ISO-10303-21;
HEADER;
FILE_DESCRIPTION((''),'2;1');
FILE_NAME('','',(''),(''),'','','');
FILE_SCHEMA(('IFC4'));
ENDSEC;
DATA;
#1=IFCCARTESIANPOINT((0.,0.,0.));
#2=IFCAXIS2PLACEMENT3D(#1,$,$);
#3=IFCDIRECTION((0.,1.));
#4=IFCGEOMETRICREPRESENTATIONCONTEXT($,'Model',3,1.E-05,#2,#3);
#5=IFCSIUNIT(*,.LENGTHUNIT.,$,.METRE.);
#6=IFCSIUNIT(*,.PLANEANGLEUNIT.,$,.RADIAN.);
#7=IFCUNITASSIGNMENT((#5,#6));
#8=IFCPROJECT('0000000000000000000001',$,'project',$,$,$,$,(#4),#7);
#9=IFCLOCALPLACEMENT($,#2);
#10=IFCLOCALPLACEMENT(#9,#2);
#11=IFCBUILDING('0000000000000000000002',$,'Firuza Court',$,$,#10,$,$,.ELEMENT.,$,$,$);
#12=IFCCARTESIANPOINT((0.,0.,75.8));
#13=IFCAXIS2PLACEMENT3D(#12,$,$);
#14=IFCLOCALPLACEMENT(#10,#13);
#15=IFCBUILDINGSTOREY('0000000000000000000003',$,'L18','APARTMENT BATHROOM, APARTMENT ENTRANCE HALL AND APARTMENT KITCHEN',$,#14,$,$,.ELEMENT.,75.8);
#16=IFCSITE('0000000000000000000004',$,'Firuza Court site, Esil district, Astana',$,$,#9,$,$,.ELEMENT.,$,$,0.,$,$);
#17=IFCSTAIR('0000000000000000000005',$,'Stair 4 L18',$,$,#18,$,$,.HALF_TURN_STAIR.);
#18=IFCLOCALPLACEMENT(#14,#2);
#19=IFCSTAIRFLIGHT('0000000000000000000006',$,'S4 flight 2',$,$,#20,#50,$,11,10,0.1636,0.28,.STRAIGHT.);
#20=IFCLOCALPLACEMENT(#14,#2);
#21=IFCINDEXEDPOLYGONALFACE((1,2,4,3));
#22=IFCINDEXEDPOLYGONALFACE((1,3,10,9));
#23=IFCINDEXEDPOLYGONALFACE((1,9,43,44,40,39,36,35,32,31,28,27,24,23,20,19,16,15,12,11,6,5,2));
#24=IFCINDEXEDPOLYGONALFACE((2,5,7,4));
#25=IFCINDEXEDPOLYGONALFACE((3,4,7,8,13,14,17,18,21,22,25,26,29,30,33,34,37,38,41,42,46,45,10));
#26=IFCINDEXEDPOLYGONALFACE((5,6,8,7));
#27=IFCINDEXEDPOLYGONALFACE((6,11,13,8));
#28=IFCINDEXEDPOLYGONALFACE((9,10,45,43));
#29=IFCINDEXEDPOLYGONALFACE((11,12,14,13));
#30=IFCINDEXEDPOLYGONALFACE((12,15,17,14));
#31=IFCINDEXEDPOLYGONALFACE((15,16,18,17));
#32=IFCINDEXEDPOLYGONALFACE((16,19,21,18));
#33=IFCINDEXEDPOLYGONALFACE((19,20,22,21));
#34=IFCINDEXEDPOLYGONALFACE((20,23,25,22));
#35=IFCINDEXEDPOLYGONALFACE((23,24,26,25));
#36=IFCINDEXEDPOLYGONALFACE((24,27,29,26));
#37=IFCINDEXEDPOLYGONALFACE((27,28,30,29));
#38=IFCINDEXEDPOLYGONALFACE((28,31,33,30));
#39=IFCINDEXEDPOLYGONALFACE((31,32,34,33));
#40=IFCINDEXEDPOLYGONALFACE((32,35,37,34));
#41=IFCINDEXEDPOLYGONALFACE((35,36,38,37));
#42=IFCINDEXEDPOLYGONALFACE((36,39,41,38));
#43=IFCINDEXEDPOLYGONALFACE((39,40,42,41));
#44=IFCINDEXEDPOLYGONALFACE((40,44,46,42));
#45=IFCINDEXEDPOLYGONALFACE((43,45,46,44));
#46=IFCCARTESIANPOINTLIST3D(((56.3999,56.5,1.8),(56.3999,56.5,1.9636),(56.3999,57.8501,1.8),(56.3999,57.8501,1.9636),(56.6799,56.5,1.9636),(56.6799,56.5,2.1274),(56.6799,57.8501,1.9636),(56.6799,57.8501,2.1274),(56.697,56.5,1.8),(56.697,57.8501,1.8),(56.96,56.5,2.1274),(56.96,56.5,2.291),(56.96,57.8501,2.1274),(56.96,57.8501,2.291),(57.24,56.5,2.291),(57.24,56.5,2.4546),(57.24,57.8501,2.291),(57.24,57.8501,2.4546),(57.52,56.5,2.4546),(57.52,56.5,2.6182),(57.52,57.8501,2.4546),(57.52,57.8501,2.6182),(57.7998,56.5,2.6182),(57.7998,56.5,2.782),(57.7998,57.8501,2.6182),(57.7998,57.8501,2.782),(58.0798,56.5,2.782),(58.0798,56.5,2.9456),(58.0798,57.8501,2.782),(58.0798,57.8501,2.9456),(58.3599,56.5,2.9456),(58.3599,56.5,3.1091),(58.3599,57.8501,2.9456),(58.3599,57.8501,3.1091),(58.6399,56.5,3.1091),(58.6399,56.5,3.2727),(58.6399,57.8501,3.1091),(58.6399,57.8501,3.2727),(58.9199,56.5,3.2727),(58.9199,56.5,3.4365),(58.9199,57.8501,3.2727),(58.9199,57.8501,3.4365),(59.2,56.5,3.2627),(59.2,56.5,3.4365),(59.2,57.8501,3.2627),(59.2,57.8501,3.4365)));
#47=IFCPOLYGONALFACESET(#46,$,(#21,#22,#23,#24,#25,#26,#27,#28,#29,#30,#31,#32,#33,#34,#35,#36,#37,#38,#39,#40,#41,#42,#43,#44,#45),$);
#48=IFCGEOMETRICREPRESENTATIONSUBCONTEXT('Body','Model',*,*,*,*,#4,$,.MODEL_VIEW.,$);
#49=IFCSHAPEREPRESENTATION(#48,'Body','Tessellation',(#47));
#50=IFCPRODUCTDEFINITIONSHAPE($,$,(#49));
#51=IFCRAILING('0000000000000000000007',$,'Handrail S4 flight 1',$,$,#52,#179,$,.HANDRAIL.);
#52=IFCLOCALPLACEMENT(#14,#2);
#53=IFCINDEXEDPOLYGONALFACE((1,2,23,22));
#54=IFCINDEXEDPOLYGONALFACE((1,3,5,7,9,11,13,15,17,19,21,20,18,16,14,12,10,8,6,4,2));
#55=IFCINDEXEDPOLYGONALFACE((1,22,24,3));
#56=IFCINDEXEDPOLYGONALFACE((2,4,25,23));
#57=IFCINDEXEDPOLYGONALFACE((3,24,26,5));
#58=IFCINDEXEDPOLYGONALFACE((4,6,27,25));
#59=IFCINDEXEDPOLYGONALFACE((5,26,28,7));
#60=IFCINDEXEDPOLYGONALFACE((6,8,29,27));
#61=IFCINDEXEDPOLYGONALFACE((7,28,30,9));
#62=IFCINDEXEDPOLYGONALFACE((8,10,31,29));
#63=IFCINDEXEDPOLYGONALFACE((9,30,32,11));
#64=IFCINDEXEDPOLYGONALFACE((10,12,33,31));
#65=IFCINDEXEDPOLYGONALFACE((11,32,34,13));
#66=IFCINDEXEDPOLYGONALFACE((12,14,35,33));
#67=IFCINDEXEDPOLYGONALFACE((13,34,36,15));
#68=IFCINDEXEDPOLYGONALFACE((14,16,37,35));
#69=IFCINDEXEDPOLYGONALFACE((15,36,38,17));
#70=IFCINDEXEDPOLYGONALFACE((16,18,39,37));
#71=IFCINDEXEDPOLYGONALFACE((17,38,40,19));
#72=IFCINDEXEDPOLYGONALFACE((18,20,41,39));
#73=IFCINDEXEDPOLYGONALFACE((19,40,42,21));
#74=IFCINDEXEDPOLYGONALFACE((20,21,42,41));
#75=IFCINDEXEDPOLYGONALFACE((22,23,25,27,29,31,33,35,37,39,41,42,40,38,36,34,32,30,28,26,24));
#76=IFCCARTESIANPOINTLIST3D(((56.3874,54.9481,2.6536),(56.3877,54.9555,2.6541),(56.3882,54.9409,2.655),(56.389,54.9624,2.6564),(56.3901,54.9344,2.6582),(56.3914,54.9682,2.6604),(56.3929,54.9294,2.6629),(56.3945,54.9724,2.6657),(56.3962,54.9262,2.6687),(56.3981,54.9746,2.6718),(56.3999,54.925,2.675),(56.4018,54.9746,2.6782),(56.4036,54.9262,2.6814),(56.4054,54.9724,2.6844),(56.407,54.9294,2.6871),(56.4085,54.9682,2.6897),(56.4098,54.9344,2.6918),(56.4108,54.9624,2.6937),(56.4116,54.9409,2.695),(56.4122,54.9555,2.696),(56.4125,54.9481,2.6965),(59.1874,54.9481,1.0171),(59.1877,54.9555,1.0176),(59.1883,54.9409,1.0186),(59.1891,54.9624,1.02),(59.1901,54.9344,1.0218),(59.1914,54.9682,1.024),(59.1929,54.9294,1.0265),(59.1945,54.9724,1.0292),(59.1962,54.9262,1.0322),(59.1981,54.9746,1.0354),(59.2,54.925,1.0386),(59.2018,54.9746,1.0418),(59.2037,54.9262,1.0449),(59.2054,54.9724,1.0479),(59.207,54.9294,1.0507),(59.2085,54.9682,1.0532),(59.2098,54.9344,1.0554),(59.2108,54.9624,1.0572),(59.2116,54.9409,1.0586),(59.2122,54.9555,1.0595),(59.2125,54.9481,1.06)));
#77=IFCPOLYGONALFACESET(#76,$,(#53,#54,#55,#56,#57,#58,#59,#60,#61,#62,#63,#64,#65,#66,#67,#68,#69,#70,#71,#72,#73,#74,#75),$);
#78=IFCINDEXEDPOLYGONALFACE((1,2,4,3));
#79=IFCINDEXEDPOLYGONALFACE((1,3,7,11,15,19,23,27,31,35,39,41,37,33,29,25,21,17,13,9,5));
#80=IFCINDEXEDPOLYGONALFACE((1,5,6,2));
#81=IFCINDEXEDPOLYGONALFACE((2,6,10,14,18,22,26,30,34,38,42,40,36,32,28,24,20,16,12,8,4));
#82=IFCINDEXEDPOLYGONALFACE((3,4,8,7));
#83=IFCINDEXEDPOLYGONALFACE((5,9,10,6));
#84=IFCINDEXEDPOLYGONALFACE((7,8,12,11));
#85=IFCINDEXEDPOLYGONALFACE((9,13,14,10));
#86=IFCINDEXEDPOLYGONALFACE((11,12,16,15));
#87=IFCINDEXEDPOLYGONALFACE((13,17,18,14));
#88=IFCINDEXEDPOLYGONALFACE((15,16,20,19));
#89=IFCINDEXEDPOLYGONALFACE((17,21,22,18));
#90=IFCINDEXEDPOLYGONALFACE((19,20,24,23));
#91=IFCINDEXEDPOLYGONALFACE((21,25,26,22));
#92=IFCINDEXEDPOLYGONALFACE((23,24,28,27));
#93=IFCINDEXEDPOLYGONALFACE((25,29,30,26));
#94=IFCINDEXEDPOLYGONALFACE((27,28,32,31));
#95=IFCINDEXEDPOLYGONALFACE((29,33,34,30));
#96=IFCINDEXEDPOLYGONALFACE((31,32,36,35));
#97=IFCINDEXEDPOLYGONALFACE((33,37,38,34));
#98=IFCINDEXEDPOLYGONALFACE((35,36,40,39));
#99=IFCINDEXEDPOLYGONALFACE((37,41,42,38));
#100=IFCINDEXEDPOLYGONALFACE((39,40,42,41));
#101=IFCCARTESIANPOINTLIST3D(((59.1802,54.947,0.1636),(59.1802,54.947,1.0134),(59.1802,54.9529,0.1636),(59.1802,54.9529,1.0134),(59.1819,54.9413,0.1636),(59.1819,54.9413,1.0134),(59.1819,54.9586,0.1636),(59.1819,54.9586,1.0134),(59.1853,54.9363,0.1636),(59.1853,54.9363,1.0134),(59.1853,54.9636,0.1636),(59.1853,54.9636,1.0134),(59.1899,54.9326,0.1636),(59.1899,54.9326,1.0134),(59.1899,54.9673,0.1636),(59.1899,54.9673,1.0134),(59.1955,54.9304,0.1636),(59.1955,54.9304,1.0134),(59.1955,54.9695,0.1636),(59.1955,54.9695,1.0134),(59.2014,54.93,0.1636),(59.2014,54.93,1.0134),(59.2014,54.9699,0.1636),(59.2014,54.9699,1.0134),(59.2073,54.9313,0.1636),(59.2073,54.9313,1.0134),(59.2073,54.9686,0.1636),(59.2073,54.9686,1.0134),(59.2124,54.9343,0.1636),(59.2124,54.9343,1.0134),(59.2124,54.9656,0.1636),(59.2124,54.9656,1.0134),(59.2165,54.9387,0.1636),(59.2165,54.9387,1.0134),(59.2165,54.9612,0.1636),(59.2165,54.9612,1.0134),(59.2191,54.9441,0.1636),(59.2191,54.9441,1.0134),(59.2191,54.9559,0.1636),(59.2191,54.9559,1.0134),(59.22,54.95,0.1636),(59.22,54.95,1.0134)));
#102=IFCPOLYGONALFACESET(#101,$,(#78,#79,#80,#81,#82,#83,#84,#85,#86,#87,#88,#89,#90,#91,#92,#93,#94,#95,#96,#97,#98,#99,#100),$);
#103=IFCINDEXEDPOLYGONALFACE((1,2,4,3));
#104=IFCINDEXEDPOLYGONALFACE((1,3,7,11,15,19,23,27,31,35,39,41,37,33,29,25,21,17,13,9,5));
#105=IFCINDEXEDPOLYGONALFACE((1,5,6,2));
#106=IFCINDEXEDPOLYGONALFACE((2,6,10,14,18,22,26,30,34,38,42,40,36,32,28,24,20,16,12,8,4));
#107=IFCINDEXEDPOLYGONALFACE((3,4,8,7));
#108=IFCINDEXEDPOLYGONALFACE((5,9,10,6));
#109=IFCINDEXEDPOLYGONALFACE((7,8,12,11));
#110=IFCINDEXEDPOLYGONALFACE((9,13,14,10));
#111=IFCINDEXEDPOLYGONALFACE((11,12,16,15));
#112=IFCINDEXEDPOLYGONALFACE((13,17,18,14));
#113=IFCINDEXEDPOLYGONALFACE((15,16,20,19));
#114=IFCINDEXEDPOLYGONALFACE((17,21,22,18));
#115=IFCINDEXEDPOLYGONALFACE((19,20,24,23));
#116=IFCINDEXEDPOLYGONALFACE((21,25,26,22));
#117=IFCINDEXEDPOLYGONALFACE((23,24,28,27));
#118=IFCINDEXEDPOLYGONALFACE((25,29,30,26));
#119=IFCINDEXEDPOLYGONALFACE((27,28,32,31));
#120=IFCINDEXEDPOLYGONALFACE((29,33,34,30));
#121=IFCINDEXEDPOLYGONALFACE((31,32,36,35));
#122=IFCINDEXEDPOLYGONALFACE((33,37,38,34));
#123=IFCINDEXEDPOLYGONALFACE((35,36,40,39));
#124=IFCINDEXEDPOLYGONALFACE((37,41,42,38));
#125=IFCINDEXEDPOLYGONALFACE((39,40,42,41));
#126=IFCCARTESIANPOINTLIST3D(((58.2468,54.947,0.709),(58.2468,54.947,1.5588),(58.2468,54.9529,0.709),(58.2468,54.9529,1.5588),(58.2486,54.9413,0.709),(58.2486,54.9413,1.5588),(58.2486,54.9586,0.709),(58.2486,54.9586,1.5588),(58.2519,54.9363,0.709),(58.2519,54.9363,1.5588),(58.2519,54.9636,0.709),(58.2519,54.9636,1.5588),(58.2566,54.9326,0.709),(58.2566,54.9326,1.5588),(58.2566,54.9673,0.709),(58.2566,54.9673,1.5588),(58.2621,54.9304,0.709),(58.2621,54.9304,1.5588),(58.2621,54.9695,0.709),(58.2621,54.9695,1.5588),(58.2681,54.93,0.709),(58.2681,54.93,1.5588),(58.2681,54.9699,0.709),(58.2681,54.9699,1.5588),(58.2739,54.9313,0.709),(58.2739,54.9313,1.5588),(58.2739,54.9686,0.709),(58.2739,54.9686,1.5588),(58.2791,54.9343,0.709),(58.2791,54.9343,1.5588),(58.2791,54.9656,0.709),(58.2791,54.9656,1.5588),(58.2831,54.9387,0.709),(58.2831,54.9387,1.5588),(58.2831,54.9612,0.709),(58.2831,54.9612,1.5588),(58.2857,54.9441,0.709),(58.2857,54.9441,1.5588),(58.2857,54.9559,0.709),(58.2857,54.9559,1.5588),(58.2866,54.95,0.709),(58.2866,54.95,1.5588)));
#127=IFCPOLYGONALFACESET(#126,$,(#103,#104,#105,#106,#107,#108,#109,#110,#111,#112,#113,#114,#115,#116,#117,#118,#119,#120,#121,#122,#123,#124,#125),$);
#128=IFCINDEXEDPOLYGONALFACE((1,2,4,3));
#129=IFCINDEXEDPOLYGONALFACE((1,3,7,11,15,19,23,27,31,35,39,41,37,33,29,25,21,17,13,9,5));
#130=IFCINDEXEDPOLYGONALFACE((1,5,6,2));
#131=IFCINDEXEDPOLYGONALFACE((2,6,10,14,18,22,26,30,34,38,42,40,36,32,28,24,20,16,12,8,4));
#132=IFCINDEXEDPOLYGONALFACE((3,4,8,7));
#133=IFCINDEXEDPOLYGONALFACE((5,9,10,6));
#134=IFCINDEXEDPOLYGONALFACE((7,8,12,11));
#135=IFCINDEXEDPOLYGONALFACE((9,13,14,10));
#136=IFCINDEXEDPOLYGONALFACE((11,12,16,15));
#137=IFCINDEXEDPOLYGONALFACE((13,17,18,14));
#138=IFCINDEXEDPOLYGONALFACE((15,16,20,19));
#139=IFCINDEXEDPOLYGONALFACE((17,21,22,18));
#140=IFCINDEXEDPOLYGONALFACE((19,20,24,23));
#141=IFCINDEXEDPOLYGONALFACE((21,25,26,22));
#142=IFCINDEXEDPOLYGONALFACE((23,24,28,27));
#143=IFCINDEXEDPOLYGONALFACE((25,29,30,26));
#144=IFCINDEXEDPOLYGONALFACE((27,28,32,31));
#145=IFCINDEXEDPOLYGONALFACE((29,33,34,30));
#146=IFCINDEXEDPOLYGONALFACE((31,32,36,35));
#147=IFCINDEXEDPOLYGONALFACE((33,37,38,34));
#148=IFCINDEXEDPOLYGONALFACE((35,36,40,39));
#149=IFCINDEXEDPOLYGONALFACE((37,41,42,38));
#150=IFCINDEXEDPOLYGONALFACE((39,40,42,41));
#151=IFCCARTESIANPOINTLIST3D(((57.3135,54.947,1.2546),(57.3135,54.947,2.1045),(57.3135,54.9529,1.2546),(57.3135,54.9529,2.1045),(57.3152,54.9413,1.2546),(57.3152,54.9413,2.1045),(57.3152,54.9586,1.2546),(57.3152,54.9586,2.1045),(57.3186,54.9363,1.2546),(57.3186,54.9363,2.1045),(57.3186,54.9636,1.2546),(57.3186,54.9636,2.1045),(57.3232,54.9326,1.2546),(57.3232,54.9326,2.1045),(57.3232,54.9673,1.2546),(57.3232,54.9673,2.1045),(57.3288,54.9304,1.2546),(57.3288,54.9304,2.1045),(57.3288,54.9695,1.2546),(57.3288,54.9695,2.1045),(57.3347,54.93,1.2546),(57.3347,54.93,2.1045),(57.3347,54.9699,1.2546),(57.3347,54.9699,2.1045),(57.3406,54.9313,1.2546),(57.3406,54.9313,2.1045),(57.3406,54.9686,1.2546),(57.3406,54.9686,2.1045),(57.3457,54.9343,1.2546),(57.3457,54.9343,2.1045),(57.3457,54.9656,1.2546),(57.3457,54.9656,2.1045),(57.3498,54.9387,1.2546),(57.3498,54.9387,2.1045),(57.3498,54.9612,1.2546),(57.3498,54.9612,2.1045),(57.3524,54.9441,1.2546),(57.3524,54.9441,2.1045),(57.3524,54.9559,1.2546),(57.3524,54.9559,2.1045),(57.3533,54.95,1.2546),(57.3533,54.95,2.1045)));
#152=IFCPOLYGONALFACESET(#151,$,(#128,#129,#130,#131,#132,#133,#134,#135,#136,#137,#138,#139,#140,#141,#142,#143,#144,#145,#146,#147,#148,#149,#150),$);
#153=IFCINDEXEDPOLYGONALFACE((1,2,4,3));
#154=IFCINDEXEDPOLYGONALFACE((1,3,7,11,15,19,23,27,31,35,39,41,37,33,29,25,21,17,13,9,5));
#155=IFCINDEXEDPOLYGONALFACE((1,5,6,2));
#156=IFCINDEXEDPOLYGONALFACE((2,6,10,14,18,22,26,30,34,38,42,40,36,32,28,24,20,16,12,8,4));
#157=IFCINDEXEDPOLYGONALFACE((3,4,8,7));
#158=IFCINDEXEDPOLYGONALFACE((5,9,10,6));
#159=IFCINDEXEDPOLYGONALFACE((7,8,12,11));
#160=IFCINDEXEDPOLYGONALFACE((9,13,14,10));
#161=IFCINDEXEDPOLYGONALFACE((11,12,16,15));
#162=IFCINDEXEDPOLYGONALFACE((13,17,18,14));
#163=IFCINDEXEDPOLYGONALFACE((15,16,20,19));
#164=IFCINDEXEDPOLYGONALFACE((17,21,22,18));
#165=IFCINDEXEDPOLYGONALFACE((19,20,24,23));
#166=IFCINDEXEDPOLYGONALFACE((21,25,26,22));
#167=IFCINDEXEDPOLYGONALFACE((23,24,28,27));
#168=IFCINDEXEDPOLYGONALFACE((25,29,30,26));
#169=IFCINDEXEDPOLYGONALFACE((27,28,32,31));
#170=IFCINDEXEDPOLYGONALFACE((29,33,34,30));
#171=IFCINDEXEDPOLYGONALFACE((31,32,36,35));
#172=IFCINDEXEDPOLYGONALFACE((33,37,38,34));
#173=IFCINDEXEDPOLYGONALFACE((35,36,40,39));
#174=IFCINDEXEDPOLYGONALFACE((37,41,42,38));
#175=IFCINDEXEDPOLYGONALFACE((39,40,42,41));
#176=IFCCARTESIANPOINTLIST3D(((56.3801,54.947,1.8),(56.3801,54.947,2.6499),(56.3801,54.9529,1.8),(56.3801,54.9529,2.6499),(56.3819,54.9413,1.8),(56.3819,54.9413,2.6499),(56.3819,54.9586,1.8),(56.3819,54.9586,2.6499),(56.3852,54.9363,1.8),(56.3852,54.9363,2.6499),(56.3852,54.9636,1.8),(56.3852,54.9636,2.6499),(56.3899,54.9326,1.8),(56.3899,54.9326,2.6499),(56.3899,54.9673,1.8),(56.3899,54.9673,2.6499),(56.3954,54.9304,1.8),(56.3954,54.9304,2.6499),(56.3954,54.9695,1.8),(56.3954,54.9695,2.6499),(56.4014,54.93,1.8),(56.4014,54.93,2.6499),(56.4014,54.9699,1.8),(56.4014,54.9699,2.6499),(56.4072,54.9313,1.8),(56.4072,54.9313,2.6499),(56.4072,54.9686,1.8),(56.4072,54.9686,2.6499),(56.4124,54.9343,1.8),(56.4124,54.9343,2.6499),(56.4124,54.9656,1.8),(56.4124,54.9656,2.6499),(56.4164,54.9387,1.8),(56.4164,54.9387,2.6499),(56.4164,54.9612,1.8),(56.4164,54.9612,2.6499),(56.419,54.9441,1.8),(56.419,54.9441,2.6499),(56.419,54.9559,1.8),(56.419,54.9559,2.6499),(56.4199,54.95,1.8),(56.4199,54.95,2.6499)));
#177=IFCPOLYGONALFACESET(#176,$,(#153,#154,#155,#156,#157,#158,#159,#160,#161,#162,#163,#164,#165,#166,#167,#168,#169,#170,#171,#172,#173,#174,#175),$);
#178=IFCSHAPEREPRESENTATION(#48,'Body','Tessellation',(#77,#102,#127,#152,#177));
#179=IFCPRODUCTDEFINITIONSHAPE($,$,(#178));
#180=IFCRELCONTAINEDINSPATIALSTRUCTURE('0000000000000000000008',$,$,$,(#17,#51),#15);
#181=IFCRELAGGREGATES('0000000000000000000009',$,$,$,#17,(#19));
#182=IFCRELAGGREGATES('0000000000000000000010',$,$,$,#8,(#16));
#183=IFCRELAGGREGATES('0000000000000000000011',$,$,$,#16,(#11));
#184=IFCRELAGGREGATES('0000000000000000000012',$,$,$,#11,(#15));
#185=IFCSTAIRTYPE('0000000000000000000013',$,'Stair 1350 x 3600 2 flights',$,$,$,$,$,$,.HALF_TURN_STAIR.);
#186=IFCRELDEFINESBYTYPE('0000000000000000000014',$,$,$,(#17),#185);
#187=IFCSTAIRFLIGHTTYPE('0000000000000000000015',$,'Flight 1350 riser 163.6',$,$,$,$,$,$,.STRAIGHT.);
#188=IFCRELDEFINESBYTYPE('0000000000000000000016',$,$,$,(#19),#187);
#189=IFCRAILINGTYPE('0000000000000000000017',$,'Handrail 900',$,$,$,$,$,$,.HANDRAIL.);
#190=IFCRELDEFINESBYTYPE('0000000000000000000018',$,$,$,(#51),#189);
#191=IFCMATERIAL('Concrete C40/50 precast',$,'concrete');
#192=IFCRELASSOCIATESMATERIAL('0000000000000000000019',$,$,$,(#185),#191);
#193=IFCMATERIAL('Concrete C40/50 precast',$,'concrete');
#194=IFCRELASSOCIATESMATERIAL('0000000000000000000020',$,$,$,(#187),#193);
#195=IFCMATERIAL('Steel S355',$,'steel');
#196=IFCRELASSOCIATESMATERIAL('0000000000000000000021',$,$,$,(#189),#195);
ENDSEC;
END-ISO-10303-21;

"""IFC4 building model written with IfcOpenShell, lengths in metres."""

from ifc_helpers import new_model, si_unit, direction, frame, origin, origin_2d, place, context, subcontext, project, spatial, polyline, circle, outline, extrude, material, type_object, element, aggregate, save


model = new_model("IFC4")

# Units and contexts
model_context = context("Model", 3, precision=1e-05, world=origin(), true_north=direction((0.0, 1.0)))
body_context = subcontext(model_context, "Body", "Model", "MODEL_VIEW")
ifc_project = project(units=[si_unit("LENGTHUNIT", "METRE"), si_unit("PLANEANGLEUNIT", "RADIAN")], contexts=[model_context])

# Site, building, storey
site_placement = place(None, origin())
site = spatial("IfcSite", under=ifc_project, at=site_placement, Name="Firuza Court site, Esil district, Astana", CompositionType="ELEMENT", RefElevation=0.0)
building_placement = place(site_placement, origin())
building = spatial("IfcBuilding", under=site, at=building_placement, Name="Firuza Court", CompositionType="ELEMENT")
storey_placement = place(building_placement, frame((0.0, 0.0, 75.8)))
storey = spatial("IfcBuildingStorey", under=building, at=storey_placement, Name="L18", Description="APARTMENT BATHROOM, APARTMENT ENTRANCE HALL AND APARTMENT KITCHEN", CompositionType="ELEMENT", Elevation=75.8)

# Stair, stair flight
ifc_material_1 = material(Name="Concrete C40/50 precast", Category="concrete")
stair_type = type_object("IfcStairType", Name="Stair 1350 x 3600 2 flights", PredefinedType="HALF_TURN_STAIR", material=ifc_material_1)
stair_placement = place(storey_placement, origin())
stair = element("IfcStair", 1, at=stair_placement, inside=storey, type_object=stair_type, Name="Stair 4 L18", PredefinedType="HALF_TURN_STAIR")
ifc_material_2 = material(Name="Concrete C40/50 precast", Category="concrete")
stair_flight_type = type_object("IfcStairFlightType", Name="Flight 1350 riser 163.6", PredefinedType="STRAIGHT", material=ifc_material_2)
stair_flight_1_placement = place(storey_placement, frame((56.3999, 57.175, 1.8), z_axis=(0.0, 0.0, 1.0), x_axis=(1.0, 0.0, 0.0)))
stair_flight_1 = element("IfcStairFlight", 2, at=stair_flight_1_placement, type_object=stair_flight_type, Name="S4 flight 2", NumberOfRisers=11, NumberOfTreads=10, PredefinedType="STRAIGHT", RiserHeight=0.1636, TreadLength=0.28, context=body_context, shape_type="SweptSolid", body=[
    extrude(outline(polyline([(0.0, 0.0), (0.0, 0.1636), (0.28, 0.1636), (0.28, 0.3274), (0.5601, 0.3274), (0.5601, 0.491), (0.8401, 0.491), (0.8401, 0.6545), (1.1201, 0.6545), (1.1201, 0.8181), (1.3999, 0.8181), (1.3999, 0.9819), (1.6799, 0.9819), (1.6799, 1.1455), (1.96, 1.1455), (1.96, 1.3091), (2.24, 1.3091), (2.24, 1.4727), (2.52, 1.4727), (2.52, 1.6365), (2.8, 1.6365), (2.8, 1.8), (2.8, 1.4626), (0.2971, 0.0), (0.0, 0.0)])), frame((0.0, 0.675, 0.0), z_axis=(0.0, -1.0, 0.0), x_axis=(1.0, 0.0, 0.0)), (0.0, 0.0, 1.0), 1.3501),
])
aggregate(stair, [stair_flight_1])

# Railing
ifc_material_3 = material(Name="Steel S355", Category="steel")
railing_type_1 = type_object("IfcRailingType", Name="Handrail 900", PredefinedType="HANDRAIL", material=ifc_material_3)
railing_1_placement = place(storey_placement, frame((59.2, 54.95, 0.1636)))
element("IfcRailing", 3, at=railing_1_placement, inside=storey, type_object=railing_type_1, Name="Handrail S4 flight 1", PredefinedType="HANDRAIL", context=body_context, shape_type="SweptSolid", body=[
    extrude(circle(Radius=0.0249, at=origin_2d()), frame((0.0, 0.0, 0.875), z_axis=(-0.863361, 0.0, 0.504587), x_axis=(0.0, -1.0, 0.0)), (0.0, 0.0, 1.0), 3.2432),
    extrude(circle(Radius=0.02, at=origin_2d()), origin(), (0.0, 0.0, 1.0), 0.8499),
    extrude(circle(Radius=0.02, at=origin_2d()), frame((-0.9333, 0.0, 0.5454)), (0.0, 0.0, 1.0), 0.8499),
    extrude(circle(Radius=0.02, at=origin_2d()), frame((-1.8667, 0.0, 1.0911)), (0.0, 0.0, 1.0), 0.8499),
    extrude(circle(Radius=0.02, at=origin_2d()), frame((-2.8, 0.0, 1.6365)), (0.0, 0.0, 1.0), 0.8499),
])

save(model, "model.ifc")
